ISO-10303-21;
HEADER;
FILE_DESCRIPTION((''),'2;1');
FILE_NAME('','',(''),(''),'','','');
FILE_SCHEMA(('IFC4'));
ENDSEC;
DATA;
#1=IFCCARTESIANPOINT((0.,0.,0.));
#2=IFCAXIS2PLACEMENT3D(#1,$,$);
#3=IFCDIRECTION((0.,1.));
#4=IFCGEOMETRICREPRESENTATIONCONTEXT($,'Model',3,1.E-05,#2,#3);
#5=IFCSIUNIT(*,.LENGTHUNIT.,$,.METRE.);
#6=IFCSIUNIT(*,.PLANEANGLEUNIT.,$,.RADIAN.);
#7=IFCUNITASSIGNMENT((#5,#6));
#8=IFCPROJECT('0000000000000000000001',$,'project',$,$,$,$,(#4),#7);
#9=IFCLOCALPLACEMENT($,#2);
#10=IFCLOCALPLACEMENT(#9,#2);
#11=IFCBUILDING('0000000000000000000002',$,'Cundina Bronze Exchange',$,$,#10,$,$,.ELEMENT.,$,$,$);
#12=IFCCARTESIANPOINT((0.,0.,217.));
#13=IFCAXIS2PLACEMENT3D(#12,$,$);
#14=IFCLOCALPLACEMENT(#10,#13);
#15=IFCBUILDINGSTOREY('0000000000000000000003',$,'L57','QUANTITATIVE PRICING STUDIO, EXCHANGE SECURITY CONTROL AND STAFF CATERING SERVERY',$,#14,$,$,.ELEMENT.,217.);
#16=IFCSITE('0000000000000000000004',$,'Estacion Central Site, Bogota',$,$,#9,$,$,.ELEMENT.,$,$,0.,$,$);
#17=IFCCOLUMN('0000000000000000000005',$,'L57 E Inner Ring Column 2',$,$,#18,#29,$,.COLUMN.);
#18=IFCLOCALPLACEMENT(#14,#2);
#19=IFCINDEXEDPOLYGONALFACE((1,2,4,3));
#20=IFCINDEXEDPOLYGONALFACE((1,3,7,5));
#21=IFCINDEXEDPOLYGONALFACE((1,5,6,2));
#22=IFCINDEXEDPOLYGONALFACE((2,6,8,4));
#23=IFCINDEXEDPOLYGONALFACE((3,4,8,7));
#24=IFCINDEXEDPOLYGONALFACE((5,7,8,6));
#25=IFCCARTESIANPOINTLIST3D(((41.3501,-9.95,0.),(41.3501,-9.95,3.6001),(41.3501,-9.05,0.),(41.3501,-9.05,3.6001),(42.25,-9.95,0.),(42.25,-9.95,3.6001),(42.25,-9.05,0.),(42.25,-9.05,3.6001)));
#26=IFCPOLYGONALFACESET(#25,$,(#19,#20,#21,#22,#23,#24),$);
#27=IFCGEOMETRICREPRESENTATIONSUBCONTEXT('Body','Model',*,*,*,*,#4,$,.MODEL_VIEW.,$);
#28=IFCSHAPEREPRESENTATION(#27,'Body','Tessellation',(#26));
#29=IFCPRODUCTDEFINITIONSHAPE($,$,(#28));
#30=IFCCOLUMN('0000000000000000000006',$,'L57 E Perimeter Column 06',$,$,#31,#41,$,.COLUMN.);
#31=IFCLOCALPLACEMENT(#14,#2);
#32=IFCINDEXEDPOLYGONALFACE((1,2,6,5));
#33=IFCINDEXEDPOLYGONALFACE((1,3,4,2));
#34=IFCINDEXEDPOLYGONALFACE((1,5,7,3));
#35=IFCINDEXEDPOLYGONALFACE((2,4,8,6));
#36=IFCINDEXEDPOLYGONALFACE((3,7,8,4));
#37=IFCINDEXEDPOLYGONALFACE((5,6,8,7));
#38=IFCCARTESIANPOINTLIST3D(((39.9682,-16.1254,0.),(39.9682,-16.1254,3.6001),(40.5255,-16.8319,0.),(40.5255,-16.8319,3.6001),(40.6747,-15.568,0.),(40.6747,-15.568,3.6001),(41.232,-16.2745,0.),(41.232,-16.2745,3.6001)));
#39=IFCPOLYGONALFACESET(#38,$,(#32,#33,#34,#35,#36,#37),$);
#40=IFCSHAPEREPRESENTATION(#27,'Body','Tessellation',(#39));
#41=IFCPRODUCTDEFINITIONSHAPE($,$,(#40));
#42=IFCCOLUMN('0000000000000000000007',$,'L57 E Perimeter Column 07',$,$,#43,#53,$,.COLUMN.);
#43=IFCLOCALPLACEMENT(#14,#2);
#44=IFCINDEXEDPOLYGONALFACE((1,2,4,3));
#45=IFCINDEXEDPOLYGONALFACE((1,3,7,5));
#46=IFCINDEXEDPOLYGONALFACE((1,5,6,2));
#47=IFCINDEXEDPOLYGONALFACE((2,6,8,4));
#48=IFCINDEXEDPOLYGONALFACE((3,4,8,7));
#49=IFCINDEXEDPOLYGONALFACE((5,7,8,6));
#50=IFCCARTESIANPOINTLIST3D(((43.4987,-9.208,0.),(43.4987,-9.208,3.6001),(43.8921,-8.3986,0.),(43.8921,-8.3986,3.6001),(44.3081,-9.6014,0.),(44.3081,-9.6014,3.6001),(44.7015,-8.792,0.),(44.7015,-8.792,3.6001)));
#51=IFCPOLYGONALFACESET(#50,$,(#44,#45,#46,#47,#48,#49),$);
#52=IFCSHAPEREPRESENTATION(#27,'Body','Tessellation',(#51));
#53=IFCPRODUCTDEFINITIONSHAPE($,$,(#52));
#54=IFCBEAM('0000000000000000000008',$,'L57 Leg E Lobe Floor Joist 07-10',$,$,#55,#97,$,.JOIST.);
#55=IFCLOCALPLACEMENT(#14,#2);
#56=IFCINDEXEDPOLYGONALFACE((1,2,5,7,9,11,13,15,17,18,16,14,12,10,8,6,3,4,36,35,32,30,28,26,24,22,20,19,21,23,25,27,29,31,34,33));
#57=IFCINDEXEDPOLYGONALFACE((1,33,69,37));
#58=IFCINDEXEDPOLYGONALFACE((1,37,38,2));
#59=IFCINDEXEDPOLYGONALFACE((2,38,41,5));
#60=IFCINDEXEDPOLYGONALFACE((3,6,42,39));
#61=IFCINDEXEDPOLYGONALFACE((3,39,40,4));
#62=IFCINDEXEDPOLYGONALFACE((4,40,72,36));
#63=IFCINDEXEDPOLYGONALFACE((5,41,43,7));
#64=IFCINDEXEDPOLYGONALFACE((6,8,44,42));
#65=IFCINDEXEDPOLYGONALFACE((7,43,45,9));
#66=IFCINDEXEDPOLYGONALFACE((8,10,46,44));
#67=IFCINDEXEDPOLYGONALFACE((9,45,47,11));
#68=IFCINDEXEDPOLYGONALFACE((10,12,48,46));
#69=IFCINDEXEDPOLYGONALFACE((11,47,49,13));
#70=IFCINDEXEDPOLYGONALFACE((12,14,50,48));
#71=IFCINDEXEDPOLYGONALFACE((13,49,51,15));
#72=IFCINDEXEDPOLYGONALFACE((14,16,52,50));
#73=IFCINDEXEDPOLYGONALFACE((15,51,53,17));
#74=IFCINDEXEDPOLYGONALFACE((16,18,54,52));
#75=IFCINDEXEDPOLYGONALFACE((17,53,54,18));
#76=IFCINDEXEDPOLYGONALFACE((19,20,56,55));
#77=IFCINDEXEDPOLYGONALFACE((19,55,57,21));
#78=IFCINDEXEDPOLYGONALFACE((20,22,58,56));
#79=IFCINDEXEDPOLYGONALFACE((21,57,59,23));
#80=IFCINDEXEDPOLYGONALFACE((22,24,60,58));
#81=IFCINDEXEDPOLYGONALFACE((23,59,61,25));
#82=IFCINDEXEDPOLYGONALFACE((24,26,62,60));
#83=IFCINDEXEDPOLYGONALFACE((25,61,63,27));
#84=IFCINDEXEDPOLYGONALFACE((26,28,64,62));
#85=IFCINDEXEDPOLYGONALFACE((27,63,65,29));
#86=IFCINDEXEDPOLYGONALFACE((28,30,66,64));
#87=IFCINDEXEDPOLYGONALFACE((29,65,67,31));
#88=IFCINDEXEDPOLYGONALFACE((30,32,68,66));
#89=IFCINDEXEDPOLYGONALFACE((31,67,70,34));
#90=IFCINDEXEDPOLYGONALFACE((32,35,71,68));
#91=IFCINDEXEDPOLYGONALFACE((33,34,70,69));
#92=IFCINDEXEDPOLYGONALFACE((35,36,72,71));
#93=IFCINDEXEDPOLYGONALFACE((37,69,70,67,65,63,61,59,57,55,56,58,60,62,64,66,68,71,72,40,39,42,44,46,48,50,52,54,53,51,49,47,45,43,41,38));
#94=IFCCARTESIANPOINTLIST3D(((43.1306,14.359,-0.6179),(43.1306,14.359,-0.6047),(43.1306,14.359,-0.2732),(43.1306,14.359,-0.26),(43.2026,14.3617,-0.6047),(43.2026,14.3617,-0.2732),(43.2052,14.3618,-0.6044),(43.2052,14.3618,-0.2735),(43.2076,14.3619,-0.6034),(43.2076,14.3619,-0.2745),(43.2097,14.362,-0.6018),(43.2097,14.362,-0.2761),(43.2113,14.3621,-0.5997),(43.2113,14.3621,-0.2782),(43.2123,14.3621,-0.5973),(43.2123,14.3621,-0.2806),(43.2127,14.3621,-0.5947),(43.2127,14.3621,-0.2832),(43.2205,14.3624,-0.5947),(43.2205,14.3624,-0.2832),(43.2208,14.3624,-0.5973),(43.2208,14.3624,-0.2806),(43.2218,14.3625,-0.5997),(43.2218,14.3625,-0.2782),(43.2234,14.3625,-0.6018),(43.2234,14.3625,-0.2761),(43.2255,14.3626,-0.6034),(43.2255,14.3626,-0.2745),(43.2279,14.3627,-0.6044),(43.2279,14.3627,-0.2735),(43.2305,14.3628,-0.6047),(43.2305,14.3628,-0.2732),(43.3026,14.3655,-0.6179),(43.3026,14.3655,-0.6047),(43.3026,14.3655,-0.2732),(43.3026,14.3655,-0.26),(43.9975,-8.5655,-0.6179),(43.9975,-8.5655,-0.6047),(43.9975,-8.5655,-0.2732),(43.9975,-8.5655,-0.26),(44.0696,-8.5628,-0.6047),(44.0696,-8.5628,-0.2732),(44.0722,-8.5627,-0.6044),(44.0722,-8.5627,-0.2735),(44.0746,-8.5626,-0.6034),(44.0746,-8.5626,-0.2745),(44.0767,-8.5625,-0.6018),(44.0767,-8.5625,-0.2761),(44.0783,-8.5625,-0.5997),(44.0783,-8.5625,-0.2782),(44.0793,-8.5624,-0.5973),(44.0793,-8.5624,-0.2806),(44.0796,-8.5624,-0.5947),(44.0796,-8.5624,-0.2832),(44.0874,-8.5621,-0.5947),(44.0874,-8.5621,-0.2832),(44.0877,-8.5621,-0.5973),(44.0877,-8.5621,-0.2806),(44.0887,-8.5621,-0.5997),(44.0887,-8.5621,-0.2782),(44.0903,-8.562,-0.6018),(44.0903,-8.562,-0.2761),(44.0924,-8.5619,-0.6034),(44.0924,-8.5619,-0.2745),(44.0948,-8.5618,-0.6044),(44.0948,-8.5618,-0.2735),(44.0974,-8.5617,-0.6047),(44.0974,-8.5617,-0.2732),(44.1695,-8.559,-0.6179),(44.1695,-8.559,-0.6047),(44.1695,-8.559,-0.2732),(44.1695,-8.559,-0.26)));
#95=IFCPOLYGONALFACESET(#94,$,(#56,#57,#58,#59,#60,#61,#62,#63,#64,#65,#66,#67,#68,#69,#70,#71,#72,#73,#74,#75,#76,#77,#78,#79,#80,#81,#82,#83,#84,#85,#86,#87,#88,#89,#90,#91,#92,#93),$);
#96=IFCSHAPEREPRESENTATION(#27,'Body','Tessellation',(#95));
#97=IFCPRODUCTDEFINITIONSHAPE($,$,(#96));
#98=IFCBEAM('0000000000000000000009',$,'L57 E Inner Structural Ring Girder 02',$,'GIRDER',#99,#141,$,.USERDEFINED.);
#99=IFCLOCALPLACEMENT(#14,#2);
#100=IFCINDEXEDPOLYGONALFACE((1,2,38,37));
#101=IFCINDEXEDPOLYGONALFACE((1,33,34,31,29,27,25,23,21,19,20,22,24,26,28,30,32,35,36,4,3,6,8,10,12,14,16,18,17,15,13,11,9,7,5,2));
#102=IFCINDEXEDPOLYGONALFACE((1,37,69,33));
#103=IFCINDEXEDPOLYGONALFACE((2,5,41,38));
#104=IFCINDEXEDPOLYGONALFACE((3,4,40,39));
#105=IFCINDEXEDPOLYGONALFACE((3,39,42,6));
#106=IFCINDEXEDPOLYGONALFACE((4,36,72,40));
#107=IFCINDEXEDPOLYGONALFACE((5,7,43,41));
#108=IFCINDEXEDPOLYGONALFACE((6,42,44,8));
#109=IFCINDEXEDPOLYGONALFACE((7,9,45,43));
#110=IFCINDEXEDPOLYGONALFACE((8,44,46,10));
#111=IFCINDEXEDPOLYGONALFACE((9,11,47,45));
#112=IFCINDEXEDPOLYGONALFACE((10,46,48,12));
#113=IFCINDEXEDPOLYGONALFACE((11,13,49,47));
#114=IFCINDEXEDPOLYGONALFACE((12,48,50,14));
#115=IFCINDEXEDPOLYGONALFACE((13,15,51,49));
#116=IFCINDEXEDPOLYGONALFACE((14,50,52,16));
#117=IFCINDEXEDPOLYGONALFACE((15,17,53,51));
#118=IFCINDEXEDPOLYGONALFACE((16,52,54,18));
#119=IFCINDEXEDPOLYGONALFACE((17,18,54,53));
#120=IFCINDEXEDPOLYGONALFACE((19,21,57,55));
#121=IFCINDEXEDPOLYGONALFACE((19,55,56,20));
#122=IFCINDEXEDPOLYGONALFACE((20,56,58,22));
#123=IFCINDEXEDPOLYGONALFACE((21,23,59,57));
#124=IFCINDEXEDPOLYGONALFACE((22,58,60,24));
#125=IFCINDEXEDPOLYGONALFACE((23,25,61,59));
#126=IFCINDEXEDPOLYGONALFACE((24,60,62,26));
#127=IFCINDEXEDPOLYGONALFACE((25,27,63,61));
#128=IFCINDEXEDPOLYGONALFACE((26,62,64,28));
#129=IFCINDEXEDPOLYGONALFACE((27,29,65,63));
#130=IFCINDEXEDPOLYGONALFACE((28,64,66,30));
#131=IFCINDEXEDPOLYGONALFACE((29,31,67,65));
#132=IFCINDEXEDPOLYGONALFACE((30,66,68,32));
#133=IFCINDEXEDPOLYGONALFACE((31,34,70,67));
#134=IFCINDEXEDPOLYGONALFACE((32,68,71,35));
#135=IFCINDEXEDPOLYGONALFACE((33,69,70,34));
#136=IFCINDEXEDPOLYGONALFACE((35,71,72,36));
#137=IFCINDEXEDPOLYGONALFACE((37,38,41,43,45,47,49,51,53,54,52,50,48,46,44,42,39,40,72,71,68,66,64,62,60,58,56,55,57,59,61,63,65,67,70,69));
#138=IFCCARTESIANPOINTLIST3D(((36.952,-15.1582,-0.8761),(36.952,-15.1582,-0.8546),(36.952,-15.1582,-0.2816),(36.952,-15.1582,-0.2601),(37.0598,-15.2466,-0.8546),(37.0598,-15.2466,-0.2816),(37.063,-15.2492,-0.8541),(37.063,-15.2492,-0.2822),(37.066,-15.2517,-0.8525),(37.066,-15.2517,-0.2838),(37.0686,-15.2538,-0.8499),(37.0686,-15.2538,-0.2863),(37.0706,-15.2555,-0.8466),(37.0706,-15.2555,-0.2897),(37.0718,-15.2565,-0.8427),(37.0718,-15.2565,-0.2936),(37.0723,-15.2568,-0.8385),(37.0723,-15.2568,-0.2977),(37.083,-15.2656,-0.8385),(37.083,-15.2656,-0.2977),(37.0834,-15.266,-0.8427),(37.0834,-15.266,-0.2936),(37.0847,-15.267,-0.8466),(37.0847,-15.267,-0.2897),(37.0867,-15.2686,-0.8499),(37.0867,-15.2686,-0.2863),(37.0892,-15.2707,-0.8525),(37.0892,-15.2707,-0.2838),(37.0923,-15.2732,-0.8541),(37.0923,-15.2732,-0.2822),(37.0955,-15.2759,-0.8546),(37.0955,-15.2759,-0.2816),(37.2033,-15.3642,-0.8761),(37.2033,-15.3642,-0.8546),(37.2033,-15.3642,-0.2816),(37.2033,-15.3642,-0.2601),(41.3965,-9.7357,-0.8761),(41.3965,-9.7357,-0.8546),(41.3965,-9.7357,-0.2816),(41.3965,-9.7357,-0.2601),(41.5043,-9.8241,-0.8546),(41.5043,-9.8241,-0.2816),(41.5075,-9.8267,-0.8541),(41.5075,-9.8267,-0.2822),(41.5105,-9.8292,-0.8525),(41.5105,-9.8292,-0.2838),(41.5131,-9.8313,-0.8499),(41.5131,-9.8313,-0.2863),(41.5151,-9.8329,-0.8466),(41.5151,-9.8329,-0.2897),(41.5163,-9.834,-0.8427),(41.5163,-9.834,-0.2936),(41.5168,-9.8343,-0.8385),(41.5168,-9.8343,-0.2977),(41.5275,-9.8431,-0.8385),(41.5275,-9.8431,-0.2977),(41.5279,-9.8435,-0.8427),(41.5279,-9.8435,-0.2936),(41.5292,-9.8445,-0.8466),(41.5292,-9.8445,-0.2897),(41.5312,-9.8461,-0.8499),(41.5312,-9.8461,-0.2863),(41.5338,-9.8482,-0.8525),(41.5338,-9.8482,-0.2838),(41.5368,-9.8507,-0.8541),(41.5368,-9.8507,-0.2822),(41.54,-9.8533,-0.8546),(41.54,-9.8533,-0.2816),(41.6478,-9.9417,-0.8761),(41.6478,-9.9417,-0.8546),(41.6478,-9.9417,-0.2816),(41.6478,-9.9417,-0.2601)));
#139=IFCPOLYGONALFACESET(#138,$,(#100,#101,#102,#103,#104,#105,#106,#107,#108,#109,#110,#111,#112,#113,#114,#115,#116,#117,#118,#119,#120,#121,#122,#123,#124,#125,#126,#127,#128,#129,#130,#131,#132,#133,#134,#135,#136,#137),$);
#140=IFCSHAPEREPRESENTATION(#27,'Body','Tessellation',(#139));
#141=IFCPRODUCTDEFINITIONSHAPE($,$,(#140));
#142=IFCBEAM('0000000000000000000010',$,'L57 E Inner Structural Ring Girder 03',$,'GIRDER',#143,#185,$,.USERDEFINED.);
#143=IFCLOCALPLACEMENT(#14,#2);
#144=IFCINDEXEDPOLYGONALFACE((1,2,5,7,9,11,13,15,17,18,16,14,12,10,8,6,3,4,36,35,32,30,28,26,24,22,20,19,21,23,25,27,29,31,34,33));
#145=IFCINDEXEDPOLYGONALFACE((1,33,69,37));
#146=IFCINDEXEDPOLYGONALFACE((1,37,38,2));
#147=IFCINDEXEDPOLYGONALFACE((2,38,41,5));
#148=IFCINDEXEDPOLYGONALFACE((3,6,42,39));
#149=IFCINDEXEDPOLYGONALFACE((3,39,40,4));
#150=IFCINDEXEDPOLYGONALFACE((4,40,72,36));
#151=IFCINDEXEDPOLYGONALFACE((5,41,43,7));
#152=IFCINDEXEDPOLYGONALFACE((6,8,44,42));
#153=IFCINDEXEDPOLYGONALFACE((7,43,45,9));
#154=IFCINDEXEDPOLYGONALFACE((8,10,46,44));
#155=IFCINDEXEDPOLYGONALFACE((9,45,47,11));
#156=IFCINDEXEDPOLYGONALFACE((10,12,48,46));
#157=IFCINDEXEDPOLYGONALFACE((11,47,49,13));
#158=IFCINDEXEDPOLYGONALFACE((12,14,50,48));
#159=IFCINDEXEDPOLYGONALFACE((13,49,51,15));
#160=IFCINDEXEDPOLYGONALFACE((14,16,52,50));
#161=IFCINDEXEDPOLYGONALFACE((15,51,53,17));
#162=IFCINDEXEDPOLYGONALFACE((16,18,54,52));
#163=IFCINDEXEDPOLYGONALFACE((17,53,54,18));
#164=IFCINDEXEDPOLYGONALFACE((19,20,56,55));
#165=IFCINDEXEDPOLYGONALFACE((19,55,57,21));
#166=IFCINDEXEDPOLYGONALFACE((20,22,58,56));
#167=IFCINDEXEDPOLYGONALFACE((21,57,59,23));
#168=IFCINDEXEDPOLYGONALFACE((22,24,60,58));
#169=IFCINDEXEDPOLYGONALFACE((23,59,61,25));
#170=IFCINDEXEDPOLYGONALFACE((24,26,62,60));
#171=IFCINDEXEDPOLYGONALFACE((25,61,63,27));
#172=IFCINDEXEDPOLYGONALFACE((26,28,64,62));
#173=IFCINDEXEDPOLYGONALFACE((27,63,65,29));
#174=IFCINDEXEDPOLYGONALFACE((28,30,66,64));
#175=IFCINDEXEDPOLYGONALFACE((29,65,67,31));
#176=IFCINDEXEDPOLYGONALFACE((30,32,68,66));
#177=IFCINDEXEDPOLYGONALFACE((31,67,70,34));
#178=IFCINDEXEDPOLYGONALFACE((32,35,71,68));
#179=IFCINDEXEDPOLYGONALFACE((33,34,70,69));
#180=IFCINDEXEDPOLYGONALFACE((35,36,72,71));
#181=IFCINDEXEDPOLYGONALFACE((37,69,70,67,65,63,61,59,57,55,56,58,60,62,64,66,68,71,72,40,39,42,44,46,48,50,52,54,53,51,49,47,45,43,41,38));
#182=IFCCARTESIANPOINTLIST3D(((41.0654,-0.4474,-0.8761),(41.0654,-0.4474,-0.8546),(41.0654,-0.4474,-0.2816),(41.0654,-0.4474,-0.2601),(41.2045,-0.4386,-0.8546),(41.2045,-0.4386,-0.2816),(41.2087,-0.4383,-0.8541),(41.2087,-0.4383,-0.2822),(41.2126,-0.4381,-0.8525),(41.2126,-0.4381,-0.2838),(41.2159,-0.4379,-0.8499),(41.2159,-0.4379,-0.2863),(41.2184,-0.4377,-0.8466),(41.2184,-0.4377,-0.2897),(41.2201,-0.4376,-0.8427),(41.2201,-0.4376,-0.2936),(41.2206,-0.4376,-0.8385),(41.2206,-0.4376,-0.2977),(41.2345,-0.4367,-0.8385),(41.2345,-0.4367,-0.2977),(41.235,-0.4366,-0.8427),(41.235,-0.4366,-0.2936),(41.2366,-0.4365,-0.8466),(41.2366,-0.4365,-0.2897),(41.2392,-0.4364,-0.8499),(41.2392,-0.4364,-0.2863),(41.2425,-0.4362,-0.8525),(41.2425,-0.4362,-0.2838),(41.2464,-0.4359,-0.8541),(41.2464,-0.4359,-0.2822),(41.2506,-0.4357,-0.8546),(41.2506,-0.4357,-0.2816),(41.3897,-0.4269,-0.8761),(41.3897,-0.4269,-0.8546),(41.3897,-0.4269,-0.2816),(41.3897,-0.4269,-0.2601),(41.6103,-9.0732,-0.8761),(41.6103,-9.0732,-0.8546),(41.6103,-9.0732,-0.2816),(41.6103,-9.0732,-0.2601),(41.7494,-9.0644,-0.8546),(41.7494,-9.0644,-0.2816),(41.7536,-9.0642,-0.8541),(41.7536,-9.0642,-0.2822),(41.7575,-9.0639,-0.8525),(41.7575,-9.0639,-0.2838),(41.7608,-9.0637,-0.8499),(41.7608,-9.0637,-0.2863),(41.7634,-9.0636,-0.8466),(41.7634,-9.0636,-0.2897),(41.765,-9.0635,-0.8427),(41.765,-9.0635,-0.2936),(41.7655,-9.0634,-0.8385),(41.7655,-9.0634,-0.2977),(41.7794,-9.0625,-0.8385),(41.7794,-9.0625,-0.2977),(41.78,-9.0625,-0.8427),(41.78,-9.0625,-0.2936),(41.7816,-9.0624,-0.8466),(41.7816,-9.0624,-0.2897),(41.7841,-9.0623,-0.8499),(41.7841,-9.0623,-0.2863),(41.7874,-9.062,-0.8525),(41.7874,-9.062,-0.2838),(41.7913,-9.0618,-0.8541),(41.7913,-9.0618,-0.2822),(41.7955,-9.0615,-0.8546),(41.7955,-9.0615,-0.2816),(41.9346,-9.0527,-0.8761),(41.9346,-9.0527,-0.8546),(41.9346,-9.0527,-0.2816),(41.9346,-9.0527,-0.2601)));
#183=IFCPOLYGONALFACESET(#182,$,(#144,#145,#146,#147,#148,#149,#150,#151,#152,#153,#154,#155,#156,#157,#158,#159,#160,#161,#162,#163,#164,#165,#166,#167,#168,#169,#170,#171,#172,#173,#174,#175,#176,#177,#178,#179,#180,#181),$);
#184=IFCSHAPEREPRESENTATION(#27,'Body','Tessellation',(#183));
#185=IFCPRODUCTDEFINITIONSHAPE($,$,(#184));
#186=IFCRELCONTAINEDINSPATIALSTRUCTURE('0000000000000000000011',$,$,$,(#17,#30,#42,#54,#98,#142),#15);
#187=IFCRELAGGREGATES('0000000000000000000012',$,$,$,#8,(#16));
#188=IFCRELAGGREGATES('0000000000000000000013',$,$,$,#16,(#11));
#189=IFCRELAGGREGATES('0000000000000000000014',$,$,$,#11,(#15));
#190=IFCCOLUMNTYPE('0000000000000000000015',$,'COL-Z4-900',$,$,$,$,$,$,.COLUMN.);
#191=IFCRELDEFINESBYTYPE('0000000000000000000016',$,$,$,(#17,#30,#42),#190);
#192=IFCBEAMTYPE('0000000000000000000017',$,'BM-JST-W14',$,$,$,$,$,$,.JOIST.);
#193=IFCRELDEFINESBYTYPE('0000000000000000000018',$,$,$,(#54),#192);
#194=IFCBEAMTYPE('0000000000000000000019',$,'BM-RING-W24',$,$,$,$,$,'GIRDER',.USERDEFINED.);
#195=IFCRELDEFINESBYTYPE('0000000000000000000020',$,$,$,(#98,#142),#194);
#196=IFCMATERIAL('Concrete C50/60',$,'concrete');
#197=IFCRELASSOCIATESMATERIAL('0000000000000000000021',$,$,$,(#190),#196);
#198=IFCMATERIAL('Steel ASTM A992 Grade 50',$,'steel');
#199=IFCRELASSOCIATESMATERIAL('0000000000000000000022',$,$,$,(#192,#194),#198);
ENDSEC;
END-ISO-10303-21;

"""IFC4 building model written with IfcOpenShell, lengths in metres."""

from ifc_helpers import new_model, si_unit, direction, frame, origin, origin_2d, place, context, subcontext, project, spatial, rectangle, i_section, extrude, material, material_profile, profile_set, type_object, element, save


model = new_model("IFC4")

# Units and contexts
model_context = context("Model", 3, precision=1e-05, world=origin(), true_north=direction((0.0, 1.0)))
body_context = subcontext(model_context, "Body", "Model", "MODEL_VIEW")
ifc_project = project(units=[si_unit("LENGTHUNIT", "METRE"), si_unit("PLANEANGLEUNIT", "RADIAN")], contexts=[model_context])

# Site, building, storey
site_placement = place(None, origin())
site = spatial("IfcSite", under=ifc_project, at=site_placement, Name="Estacion Central Site, Bogota", CompositionType="ELEMENT", RefElevation=0.0)
building_placement = place(site_placement, origin())
building = spatial("IfcBuilding", under=site, at=building_placement, Name="Cundina Bronze Exchange", CompositionType="ELEMENT")
storey_placement = place(building_placement, frame((0.0, 0.0, 217.0)))
storey = spatial("IfcBuildingStorey", under=building, at=storey_placement, Name="L57", Description="QUANTITATIVE PRICING STUDIO, EXCHANGE SECURITY CONTROL AND STAFF CATERING SERVERY", CompositionType="ELEMENT", Elevation=217.0)

# Columns
ifc_material_1 = material(Name="Concrete C50/60", Category="concrete")
ifc_material_profile_1 = material_profile(ifc_material_1, rectangle(XDim=0.8999, YDim=0.8999, at=origin_2d()), Name="RC900X900", Category="concrete")
ifc_profile_set_1 = profile_set([ifc_material_profile_1], Name="Concrete C50/60")
column_type = type_object("IfcColumnType", Name="COL-Z4-900", PredefinedType="COLUMN", material=ifc_profile_set_1)
for number, where, z_axis, x_axis, name in (
    (1, (41.8, -9.5, 0.0), (0.0, 0.0, 1.0), (1.0, 0.0, 0.0), "L57 E Inner Ring Column 2"),
    (2, (40.6001, -16.2, 0.0), (0.0, 0.0, 1.0), (0.785101, 0.619368, 0.0), "L57 E Perimeter Column 06"),
    (3, (44.1001, -9.0, 0.0), (0.0, 0.0, 1.0), (0.437116, 0.899405, 0.0), "L57 E Perimeter Column 07"),
):
    element("IfcColumn", number, at=place(storey_placement, frame(where, z_axis=z_axis, x_axis=x_axis)), inside=storey, type_object=column_type, Name=name, PredefinedType="COLUMN", context=body_context, shape_type="SweptSolid", body=[
        extrude(rectangle(XDim=0.8999, YDim=0.8999, at=origin_2d()), origin(), (0.0, 0.0, 1.0), 3.6001),
    ])

# Beams
ifc_material_2 = material(Name="Steel ASTM A992 Grade 50", Category="steel")
ifc_material_profile_2 = material_profile(ifc_material_2, i_section(OverallWidth=0.1721, OverallDepth=0.3579, WebThickness=0.0078, FlangeThickness=0.0132, FilletRadius=0.01, at=origin_2d()), Name="W14X38", Category="steel")
ifc_profile_set_2 = profile_set([ifc_material_profile_2], Name="Steel ASTM A992 Grade 50")
beam_type_1 = type_object("IfcBeamType", Name="BM-JST-W14", PredefinedType="JOIST", material=ifc_profile_set_2)
beam_1_placement = place(storey_placement, frame((44.0835, -8.5623, -0.439), z_axis=(-0.03779, 0.999286, 0.0), x_axis=(-0.999286, -0.03779, 0.0)))
element("IfcBeam", 4, at=beam_1_placement, inside=storey, type_object=beam_type_1, Name="L57 Leg E Lobe Floor Joist 07-10", PredefinedType="JOIST", context=body_context, shape_type="SweptSolid", body=[
    extrude(i_section(OverallWidth=0.1721, OverallDepth=0.3579, WebThickness=0.0078, FlangeThickness=0.0132, FilletRadius=0.01, at=origin_2d()), origin(), (0.0, 0.0, 1.0), 22.9409),
])
ifc_material_profile_3 = material_profile(ifc_material_2, i_section(OverallWidth=0.325, OverallDepth=0.616, WebThickness=0.0139, FlangeThickness=0.0215, FilletRadius=0.0161, at=origin_2d()), Name="W24X117", Category="steel")
ifc_profile_set_3 = profile_set([ifc_material_profile_3], Name="Steel ASTM A992 Grade 50")
beam_type_2 = type_object("IfcBeamType", Name="BM-RING-W24", ElementType="GIRDER", PredefinedType="USERDEFINED", material=ifc_profile_set_3)
beam_2_placement = place(storey_placement, frame((37.0776, -15.2612, -0.5681), z_axis=(0.633913, 0.773405, 0.0), x_axis=(-0.773405, 0.633913, 0.0)))
element("IfcBeam", 5, at=beam_2_placement, inside=storey, type_object=beam_type_2, Name="L57 E Inner Structural Ring Girder 02", ObjectType="GIRDER", PredefinedType="USERDEFINED", context=body_context, shape_type="SweptSolid", body=[
    extrude(i_section(OverallWidth=0.325, OverallDepth=0.616, WebThickness=0.0139, FlangeThickness=0.0215, FilletRadius=0.0161, at=origin_2d()), origin(), (0.0, 0.0, 1.0), 7.0112),
])
beam_3_placement = place(storey_placement, frame((41.7725, -9.063, -0.5681), z_axis=(-0.063047, 0.998011, 0.0), x_axis=(-0.998011, -0.063047, 0.0)))
element("IfcBeam", 6, at=beam_3_placement, inside=storey, type_object=beam_type_2, Name="L57 E Inner Structural Ring Girder 03", ObjectType="GIRDER", PredefinedType="USERDEFINED", context=body_context, shape_type="SweptSolid", body=[
    extrude(i_section(OverallWidth=0.325, OverallDepth=0.616, WebThickness=0.0139, FlangeThickness=0.0215, FilletRadius=0.0161, at=origin_2d()), origin(), (0.0, 0.0, 1.0), 8.6431),
])

save(model, "model.ifc")
